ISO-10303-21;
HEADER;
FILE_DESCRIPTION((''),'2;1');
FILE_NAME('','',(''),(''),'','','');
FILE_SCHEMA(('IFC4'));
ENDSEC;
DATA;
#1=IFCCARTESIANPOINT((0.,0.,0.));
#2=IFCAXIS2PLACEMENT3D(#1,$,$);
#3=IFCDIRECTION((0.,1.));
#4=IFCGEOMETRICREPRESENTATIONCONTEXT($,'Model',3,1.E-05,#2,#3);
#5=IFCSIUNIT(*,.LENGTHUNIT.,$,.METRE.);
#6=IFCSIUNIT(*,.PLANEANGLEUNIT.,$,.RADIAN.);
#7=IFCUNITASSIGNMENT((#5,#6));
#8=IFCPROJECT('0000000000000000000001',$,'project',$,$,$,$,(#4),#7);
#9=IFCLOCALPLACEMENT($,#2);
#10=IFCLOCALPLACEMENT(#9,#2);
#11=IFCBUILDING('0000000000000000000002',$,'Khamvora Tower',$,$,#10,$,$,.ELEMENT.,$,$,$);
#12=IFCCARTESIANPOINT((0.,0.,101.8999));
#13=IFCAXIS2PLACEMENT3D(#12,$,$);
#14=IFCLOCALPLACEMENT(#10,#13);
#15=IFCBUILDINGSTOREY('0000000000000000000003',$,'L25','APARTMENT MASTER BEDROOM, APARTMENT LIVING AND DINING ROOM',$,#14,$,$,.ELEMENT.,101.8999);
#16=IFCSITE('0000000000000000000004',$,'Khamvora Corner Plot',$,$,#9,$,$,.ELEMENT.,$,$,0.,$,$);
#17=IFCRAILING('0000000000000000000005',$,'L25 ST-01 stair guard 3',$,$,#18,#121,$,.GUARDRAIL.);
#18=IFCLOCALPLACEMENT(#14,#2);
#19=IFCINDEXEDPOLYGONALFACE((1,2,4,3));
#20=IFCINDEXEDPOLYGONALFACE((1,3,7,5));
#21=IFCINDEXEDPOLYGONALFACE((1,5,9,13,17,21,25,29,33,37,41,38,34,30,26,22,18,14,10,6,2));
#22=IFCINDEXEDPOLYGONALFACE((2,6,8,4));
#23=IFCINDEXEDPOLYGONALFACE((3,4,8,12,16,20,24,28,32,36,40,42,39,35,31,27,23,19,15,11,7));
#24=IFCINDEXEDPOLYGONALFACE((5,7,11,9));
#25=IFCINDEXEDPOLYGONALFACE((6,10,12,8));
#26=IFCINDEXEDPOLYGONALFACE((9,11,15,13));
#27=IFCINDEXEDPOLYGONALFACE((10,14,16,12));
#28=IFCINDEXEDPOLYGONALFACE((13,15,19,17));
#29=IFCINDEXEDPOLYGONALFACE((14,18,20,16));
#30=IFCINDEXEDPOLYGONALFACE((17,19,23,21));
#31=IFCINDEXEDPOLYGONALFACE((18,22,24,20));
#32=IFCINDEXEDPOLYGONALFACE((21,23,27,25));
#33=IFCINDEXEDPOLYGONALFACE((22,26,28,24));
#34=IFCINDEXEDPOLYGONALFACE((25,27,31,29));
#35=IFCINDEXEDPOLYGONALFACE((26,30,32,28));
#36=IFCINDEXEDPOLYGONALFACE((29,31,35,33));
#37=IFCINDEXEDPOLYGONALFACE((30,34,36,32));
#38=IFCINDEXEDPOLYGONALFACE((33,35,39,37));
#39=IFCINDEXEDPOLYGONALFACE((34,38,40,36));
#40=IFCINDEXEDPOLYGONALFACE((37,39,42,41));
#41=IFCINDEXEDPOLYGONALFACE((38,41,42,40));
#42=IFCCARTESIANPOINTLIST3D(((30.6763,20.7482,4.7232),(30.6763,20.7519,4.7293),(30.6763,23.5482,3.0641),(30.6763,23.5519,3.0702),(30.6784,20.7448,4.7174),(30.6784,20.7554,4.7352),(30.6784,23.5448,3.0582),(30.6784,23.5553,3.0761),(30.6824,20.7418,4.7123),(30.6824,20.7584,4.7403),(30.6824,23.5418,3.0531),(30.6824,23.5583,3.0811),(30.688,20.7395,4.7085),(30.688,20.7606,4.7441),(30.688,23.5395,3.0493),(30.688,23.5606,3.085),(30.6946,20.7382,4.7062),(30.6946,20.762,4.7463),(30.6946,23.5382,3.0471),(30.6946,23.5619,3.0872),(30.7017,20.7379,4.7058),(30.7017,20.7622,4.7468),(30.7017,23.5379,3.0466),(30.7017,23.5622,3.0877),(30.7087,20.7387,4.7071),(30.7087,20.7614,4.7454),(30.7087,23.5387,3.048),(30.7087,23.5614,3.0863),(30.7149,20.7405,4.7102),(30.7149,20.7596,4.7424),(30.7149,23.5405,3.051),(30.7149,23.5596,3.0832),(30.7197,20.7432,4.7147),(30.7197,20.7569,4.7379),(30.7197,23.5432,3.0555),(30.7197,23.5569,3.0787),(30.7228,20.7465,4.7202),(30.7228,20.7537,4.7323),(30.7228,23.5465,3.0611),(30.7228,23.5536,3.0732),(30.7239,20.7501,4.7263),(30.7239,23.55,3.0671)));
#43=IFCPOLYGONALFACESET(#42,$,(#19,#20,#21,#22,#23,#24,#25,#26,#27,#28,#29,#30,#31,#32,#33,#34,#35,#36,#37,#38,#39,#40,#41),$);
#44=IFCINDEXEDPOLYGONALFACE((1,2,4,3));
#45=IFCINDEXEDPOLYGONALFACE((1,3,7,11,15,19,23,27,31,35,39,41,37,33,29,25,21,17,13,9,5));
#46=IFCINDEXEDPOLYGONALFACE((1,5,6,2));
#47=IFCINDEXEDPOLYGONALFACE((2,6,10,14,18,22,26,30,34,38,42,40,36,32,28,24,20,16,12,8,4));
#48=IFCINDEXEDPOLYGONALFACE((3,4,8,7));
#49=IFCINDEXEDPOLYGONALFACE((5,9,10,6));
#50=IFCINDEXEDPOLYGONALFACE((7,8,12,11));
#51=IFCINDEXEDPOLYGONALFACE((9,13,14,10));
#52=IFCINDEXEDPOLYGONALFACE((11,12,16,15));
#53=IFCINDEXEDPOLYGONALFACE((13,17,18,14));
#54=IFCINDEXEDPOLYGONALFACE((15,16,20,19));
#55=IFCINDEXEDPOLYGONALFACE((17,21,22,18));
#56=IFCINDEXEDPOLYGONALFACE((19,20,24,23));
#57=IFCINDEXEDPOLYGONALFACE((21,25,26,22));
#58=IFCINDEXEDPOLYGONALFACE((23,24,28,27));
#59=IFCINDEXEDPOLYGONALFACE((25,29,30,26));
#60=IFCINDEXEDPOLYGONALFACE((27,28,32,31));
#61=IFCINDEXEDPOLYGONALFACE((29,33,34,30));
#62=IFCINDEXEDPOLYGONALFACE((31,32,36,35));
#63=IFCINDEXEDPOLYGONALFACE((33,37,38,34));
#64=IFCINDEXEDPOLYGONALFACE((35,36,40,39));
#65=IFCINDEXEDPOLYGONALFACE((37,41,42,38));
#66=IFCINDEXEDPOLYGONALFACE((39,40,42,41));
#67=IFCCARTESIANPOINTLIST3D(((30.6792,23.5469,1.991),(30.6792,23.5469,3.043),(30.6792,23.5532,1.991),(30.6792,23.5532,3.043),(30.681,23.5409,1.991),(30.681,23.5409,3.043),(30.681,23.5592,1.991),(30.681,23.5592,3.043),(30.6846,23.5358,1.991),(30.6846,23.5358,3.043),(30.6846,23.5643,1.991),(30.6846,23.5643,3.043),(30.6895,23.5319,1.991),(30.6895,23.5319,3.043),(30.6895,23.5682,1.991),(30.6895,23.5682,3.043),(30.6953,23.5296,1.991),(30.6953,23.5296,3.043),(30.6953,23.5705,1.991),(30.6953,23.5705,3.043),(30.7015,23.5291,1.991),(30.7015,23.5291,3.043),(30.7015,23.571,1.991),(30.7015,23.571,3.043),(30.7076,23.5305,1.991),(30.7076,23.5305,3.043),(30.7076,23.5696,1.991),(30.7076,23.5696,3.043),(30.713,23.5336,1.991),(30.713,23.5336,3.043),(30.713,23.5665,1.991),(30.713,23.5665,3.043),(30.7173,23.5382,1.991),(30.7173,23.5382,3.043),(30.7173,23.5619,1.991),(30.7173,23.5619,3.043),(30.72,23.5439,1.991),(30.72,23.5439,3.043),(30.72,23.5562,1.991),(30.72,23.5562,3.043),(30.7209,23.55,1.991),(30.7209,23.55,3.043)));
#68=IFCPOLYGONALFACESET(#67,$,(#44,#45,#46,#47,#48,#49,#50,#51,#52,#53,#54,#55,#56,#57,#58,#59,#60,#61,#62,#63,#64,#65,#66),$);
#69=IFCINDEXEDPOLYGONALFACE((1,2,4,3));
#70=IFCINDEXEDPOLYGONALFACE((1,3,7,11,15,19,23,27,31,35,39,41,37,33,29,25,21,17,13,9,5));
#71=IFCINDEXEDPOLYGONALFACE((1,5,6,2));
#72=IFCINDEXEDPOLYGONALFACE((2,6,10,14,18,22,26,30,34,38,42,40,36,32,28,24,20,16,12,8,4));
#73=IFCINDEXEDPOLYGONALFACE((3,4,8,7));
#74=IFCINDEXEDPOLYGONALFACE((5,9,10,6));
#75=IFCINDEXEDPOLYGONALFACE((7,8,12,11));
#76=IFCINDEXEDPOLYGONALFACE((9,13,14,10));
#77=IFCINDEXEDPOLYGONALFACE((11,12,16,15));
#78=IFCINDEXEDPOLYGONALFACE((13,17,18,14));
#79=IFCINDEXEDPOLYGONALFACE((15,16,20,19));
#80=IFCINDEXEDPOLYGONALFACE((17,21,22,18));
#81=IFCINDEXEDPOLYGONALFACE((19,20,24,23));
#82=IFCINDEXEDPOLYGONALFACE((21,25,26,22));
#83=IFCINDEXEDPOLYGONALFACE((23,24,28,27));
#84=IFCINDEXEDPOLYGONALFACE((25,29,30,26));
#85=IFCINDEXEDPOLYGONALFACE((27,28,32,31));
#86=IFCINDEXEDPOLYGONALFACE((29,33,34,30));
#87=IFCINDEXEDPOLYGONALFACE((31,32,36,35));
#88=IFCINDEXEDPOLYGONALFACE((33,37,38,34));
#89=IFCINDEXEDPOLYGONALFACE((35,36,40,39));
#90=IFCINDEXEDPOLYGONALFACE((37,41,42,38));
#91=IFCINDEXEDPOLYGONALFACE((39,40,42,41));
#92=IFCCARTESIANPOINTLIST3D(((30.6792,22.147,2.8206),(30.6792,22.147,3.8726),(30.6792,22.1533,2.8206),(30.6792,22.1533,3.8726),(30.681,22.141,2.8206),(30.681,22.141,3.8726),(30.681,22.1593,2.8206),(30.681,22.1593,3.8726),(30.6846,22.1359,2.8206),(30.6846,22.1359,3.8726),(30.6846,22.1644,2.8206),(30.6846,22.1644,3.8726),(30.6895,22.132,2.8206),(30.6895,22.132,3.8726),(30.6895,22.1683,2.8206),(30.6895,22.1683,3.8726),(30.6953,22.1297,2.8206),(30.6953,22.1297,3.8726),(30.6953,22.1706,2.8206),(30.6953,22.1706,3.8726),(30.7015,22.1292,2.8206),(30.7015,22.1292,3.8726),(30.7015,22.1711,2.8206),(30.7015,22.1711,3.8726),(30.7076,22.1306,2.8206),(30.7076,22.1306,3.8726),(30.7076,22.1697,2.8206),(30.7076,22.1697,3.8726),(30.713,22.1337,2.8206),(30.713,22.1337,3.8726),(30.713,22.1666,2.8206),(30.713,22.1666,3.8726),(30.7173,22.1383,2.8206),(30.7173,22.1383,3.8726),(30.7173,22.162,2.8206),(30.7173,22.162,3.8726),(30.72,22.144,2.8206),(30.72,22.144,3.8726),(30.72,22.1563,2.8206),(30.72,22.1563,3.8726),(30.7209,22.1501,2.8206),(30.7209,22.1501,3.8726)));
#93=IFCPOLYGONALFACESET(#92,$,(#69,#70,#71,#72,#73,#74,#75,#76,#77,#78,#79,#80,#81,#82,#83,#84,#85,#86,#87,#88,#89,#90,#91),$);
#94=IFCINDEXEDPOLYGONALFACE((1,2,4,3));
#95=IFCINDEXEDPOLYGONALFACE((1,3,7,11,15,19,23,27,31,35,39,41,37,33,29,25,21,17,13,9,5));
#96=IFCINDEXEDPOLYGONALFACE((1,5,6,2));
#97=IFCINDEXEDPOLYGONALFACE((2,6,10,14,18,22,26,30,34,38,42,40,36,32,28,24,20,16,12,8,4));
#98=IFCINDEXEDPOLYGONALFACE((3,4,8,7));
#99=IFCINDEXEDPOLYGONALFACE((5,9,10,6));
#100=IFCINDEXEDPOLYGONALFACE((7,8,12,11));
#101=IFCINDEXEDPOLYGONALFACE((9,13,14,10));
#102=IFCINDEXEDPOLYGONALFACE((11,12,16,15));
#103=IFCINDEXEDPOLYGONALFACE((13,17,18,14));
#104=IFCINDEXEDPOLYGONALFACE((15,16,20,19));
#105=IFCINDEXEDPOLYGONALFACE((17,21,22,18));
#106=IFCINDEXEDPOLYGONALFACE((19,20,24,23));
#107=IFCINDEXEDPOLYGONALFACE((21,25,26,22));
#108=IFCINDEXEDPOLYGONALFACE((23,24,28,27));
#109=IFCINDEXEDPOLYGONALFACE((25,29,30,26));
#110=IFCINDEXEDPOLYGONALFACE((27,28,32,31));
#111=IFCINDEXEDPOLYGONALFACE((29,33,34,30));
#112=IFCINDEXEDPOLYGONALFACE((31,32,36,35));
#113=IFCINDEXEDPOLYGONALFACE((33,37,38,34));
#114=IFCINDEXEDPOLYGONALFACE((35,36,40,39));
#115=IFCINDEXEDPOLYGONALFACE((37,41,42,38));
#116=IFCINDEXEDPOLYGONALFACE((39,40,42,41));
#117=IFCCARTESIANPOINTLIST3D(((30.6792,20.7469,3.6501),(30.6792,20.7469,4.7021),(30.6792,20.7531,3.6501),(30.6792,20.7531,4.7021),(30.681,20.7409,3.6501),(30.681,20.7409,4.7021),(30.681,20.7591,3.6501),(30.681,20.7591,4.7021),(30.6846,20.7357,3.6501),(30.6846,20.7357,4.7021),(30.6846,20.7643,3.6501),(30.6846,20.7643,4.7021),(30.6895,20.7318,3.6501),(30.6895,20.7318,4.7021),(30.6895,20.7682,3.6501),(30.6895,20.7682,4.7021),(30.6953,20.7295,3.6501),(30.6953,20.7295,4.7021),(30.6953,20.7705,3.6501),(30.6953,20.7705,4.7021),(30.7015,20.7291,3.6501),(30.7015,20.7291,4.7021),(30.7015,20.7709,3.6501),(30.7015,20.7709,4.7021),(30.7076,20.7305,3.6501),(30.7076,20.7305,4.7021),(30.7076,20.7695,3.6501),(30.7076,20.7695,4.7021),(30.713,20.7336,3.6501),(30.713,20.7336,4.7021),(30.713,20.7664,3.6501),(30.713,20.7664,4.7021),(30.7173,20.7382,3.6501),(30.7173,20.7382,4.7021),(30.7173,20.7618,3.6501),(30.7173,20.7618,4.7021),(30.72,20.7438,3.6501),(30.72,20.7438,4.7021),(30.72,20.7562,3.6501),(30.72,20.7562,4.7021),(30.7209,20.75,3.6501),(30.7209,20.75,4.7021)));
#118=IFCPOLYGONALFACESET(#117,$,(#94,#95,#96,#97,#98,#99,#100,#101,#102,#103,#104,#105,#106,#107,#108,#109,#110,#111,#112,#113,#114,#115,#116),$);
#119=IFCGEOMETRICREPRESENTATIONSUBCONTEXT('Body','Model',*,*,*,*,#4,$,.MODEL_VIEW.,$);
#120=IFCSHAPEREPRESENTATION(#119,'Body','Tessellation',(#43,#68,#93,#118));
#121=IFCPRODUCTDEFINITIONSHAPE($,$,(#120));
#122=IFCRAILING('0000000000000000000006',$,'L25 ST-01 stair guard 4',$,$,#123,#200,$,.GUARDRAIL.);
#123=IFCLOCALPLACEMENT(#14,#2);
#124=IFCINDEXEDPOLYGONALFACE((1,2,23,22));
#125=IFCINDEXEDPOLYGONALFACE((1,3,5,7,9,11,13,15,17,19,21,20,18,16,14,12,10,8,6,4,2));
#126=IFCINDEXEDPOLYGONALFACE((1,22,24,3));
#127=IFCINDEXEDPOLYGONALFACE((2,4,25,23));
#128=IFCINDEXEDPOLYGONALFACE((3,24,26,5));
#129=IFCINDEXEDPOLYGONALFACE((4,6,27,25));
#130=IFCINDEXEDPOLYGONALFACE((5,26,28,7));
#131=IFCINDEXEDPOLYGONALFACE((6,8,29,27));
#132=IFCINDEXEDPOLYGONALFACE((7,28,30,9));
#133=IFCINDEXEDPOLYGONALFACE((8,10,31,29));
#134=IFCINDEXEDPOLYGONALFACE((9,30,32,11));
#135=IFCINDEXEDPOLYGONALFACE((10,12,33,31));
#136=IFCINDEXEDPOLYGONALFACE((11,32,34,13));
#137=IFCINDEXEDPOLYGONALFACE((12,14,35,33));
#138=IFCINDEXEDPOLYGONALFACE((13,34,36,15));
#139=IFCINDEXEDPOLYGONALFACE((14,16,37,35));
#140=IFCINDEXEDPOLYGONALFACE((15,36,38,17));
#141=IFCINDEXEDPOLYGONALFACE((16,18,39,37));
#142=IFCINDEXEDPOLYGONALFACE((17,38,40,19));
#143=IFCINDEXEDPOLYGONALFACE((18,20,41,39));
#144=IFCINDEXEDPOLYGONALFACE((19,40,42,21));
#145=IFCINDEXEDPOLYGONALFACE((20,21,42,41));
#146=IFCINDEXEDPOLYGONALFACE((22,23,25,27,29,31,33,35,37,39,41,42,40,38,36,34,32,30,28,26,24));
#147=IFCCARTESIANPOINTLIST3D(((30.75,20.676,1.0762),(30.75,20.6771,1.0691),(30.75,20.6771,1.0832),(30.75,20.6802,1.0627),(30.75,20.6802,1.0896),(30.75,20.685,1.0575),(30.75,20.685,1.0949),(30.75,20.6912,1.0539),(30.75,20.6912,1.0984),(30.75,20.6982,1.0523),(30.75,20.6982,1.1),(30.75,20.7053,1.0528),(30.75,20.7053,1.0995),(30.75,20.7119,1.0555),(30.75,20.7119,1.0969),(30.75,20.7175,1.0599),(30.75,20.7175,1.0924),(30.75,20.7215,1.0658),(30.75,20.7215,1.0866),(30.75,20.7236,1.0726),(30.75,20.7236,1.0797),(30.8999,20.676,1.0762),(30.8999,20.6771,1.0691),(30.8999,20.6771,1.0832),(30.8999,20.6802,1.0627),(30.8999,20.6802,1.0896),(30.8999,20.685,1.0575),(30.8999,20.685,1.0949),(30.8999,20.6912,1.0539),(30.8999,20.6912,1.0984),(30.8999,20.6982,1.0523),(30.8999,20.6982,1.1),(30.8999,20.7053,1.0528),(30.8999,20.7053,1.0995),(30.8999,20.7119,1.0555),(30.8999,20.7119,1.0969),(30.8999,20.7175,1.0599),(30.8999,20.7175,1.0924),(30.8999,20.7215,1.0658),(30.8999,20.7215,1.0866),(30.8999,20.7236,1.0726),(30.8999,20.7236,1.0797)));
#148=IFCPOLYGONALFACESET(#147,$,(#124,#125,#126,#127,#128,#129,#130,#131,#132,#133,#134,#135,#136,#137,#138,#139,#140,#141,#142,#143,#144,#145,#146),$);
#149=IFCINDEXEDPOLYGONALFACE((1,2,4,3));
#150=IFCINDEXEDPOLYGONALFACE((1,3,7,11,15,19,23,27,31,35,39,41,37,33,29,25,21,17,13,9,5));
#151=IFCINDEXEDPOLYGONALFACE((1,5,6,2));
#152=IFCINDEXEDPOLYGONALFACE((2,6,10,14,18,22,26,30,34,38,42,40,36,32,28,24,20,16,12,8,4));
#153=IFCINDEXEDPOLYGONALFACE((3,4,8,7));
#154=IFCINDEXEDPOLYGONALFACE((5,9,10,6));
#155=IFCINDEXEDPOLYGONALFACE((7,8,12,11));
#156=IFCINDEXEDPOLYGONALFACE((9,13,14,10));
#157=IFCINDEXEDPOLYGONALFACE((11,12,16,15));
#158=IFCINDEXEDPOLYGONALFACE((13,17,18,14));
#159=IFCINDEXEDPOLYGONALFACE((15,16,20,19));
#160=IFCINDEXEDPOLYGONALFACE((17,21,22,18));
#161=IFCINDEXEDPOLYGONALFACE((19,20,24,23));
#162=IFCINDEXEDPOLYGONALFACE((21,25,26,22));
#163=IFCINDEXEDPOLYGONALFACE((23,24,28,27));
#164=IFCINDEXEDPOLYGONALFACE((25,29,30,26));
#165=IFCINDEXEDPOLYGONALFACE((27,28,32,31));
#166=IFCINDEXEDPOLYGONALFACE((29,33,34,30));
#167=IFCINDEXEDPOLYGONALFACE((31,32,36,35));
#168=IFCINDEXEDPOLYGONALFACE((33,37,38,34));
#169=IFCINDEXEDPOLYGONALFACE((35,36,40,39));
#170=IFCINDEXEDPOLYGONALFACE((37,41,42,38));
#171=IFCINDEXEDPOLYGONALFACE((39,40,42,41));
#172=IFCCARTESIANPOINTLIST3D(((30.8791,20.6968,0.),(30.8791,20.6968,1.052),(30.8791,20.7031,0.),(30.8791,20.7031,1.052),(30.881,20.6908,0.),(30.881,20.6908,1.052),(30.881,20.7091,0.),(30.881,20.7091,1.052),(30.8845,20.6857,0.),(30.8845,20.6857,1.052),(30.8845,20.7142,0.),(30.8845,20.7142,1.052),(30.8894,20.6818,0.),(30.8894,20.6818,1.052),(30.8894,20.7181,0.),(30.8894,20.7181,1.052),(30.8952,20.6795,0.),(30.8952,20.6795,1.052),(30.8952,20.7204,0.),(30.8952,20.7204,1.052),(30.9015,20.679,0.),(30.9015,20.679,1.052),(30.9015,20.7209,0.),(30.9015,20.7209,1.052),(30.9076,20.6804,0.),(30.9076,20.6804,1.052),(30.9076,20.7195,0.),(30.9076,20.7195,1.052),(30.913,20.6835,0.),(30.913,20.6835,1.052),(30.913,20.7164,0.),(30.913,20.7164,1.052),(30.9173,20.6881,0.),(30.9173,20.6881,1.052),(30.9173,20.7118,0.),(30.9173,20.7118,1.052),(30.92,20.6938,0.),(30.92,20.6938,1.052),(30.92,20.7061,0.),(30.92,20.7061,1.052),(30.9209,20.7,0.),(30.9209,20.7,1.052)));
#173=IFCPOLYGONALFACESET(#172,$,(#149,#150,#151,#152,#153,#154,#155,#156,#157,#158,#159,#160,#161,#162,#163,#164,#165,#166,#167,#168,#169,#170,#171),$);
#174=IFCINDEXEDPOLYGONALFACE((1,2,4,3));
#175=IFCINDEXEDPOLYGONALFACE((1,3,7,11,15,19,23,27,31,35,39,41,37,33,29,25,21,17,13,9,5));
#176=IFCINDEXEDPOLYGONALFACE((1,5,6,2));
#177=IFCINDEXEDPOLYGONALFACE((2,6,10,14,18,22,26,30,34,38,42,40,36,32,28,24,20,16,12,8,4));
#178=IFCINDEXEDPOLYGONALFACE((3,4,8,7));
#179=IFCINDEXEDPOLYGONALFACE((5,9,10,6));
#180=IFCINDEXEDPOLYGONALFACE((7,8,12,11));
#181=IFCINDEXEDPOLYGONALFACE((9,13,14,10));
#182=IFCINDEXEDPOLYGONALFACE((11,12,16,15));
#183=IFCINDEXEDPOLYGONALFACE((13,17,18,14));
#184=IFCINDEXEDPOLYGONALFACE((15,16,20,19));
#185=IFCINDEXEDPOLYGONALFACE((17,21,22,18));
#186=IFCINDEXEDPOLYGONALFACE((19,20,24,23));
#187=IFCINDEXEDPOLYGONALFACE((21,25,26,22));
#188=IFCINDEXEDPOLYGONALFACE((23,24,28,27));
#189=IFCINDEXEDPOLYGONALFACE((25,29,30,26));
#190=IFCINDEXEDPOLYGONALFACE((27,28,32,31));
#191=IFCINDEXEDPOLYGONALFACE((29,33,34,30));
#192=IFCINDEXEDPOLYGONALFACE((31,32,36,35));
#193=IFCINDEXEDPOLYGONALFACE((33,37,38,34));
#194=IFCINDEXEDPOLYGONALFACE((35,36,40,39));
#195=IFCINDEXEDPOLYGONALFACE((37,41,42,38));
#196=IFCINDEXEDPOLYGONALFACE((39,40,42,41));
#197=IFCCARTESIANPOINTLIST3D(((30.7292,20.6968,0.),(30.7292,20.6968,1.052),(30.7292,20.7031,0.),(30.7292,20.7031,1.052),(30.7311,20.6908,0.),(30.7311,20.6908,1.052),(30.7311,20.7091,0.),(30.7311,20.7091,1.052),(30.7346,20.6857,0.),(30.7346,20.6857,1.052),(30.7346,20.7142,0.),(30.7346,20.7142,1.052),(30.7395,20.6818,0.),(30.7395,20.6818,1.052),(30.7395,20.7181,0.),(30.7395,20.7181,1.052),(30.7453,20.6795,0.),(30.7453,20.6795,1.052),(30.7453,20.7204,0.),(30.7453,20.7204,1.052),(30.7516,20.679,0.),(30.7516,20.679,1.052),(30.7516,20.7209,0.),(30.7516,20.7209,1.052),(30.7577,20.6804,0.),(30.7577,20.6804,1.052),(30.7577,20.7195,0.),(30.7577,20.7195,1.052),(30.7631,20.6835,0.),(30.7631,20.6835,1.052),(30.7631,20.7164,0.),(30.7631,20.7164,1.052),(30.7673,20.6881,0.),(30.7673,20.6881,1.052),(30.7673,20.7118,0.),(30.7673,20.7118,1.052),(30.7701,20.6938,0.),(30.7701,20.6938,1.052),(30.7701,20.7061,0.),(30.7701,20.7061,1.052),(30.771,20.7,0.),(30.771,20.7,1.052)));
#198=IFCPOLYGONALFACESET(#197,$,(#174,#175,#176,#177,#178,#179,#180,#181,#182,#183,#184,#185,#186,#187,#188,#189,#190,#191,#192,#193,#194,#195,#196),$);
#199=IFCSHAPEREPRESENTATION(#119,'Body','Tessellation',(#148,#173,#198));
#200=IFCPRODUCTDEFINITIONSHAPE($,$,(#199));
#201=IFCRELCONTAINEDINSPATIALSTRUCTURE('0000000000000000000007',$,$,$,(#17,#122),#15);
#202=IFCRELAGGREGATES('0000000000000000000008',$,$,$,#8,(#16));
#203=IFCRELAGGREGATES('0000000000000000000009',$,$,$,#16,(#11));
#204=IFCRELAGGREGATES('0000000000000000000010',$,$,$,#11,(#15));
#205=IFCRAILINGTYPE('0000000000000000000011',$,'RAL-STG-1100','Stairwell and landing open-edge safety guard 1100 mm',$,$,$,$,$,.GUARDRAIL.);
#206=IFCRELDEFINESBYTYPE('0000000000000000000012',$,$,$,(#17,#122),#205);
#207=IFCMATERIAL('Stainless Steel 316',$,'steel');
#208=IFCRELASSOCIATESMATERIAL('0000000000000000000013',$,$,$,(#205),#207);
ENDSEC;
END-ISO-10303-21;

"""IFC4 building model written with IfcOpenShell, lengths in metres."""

from ifc_helpers import new_model, si_unit, direction, frame, origin, origin_2d, place, context, subcontext, project, spatial, circle, extrude, material, type_object, element, save


model = new_model("IFC4")

# Units and contexts
model_context = context("Model", 3, precision=1e-05, world=origin(), true_north=direction((0.0, 1.0)))
body_context = subcontext(model_context, "Body", "Model", "MODEL_VIEW")
ifc_project = project(units=[si_unit("LENGTHUNIT", "METRE"), si_unit("PLANEANGLEUNIT", "RADIAN")], contexts=[model_context])

# Site, building, storey
site_placement = place(None, origin())
site = spatial("IfcSite", under=ifc_project, at=site_placement, Name="Khamvora Corner Plot", CompositionType="ELEMENT", RefElevation=0.0)
building_placement = place(site_placement, origin())
building = spatial("IfcBuilding", under=site, at=building_placement, Name="Khamvora Tower", CompositionType="ELEMENT")
storey_placement = place(building_placement, frame((0.0, 0.0, 101.8999)))
storey = spatial("IfcBuildingStorey", under=building, at=storey_placement, Name="L25", Description="APARTMENT MASTER BEDROOM, APARTMENT LIVING AND DINING ROOM", CompositionType="ELEMENT", Elevation=101.8999)

# Railings
ifc_material_1 = material(Name="Stainless Steel 316", Category="steel")
railing_type_1 = type_object("IfcRailingType", Name="RAL-STG-1100", Description="Stairwell and landing open-edge safety guard 1100 mm", PredefinedType="GUARDRAIL", material=ifc_material_1)
railing_1_placement = place(storey_placement, frame((30.7, 23.55, 1.991)))
element("IfcRailing", 1, at=railing_1_placement, inside=storey, type_object=railing_type_1, Name="L25 ST-01 stair guard 3", PredefinedType="GUARDRAIL", context=body_context, shape_type="SweptSolid", body=[
    extrude(circle(Radius=0.0239, at=origin_2d()), frame((0.0, 0.0, 1.0762), z_axis=(0.0, -0.860306, 0.509778), x_axis=(1.0, 0.0, 0.0)), (0.0, 0.0, 1.0), 3.2546),
    extrude(circle(Radius=0.021, at=origin_2d()), origin(), (0.0, 0.0, 1.0), 1.052),
    extrude(circle(Radius=0.021, at=origin_2d()), frame((0.0, -1.3999, 0.8296)), (0.0, 0.0, 1.0), 1.052),
    extrude(circle(Radius=0.021, at=origin_2d()), frame((0.0, -2.8, 1.6592)), (0.0, 0.0, 1.0), 1.052),
])
railing_2_placement = place(storey_placement, frame((30.8999, 20.7, 0.0)))
element("IfcRailing", 2, at=railing_2_placement, inside=storey, type_object=railing_type_1, Name="L25 ST-01 stair guard 4", PredefinedType="GUARDRAIL", context=body_context, shape_type="SweptSolid", body=[
    extrude(circle(Radius=0.0239, at=origin_2d()), frame((0.0, 0.0, 1.0762), z_axis=(-1.0, 0.0, 0.0), x_axis=(0.0, -1.0, 0.0)), (0.0, 0.0, 1.0), 0.1499),
    extrude(circle(Radius=0.021, at=origin_2d()), origin(), (0.0, 0.0, 1.0), 1.052),
    extrude(circle(Radius=0.021, at=origin_2d()), frame((-0.1499, 0.0, 0.0)), (0.0, 0.0, 1.0), 1.052),
])

save(model, "model.ifc")
